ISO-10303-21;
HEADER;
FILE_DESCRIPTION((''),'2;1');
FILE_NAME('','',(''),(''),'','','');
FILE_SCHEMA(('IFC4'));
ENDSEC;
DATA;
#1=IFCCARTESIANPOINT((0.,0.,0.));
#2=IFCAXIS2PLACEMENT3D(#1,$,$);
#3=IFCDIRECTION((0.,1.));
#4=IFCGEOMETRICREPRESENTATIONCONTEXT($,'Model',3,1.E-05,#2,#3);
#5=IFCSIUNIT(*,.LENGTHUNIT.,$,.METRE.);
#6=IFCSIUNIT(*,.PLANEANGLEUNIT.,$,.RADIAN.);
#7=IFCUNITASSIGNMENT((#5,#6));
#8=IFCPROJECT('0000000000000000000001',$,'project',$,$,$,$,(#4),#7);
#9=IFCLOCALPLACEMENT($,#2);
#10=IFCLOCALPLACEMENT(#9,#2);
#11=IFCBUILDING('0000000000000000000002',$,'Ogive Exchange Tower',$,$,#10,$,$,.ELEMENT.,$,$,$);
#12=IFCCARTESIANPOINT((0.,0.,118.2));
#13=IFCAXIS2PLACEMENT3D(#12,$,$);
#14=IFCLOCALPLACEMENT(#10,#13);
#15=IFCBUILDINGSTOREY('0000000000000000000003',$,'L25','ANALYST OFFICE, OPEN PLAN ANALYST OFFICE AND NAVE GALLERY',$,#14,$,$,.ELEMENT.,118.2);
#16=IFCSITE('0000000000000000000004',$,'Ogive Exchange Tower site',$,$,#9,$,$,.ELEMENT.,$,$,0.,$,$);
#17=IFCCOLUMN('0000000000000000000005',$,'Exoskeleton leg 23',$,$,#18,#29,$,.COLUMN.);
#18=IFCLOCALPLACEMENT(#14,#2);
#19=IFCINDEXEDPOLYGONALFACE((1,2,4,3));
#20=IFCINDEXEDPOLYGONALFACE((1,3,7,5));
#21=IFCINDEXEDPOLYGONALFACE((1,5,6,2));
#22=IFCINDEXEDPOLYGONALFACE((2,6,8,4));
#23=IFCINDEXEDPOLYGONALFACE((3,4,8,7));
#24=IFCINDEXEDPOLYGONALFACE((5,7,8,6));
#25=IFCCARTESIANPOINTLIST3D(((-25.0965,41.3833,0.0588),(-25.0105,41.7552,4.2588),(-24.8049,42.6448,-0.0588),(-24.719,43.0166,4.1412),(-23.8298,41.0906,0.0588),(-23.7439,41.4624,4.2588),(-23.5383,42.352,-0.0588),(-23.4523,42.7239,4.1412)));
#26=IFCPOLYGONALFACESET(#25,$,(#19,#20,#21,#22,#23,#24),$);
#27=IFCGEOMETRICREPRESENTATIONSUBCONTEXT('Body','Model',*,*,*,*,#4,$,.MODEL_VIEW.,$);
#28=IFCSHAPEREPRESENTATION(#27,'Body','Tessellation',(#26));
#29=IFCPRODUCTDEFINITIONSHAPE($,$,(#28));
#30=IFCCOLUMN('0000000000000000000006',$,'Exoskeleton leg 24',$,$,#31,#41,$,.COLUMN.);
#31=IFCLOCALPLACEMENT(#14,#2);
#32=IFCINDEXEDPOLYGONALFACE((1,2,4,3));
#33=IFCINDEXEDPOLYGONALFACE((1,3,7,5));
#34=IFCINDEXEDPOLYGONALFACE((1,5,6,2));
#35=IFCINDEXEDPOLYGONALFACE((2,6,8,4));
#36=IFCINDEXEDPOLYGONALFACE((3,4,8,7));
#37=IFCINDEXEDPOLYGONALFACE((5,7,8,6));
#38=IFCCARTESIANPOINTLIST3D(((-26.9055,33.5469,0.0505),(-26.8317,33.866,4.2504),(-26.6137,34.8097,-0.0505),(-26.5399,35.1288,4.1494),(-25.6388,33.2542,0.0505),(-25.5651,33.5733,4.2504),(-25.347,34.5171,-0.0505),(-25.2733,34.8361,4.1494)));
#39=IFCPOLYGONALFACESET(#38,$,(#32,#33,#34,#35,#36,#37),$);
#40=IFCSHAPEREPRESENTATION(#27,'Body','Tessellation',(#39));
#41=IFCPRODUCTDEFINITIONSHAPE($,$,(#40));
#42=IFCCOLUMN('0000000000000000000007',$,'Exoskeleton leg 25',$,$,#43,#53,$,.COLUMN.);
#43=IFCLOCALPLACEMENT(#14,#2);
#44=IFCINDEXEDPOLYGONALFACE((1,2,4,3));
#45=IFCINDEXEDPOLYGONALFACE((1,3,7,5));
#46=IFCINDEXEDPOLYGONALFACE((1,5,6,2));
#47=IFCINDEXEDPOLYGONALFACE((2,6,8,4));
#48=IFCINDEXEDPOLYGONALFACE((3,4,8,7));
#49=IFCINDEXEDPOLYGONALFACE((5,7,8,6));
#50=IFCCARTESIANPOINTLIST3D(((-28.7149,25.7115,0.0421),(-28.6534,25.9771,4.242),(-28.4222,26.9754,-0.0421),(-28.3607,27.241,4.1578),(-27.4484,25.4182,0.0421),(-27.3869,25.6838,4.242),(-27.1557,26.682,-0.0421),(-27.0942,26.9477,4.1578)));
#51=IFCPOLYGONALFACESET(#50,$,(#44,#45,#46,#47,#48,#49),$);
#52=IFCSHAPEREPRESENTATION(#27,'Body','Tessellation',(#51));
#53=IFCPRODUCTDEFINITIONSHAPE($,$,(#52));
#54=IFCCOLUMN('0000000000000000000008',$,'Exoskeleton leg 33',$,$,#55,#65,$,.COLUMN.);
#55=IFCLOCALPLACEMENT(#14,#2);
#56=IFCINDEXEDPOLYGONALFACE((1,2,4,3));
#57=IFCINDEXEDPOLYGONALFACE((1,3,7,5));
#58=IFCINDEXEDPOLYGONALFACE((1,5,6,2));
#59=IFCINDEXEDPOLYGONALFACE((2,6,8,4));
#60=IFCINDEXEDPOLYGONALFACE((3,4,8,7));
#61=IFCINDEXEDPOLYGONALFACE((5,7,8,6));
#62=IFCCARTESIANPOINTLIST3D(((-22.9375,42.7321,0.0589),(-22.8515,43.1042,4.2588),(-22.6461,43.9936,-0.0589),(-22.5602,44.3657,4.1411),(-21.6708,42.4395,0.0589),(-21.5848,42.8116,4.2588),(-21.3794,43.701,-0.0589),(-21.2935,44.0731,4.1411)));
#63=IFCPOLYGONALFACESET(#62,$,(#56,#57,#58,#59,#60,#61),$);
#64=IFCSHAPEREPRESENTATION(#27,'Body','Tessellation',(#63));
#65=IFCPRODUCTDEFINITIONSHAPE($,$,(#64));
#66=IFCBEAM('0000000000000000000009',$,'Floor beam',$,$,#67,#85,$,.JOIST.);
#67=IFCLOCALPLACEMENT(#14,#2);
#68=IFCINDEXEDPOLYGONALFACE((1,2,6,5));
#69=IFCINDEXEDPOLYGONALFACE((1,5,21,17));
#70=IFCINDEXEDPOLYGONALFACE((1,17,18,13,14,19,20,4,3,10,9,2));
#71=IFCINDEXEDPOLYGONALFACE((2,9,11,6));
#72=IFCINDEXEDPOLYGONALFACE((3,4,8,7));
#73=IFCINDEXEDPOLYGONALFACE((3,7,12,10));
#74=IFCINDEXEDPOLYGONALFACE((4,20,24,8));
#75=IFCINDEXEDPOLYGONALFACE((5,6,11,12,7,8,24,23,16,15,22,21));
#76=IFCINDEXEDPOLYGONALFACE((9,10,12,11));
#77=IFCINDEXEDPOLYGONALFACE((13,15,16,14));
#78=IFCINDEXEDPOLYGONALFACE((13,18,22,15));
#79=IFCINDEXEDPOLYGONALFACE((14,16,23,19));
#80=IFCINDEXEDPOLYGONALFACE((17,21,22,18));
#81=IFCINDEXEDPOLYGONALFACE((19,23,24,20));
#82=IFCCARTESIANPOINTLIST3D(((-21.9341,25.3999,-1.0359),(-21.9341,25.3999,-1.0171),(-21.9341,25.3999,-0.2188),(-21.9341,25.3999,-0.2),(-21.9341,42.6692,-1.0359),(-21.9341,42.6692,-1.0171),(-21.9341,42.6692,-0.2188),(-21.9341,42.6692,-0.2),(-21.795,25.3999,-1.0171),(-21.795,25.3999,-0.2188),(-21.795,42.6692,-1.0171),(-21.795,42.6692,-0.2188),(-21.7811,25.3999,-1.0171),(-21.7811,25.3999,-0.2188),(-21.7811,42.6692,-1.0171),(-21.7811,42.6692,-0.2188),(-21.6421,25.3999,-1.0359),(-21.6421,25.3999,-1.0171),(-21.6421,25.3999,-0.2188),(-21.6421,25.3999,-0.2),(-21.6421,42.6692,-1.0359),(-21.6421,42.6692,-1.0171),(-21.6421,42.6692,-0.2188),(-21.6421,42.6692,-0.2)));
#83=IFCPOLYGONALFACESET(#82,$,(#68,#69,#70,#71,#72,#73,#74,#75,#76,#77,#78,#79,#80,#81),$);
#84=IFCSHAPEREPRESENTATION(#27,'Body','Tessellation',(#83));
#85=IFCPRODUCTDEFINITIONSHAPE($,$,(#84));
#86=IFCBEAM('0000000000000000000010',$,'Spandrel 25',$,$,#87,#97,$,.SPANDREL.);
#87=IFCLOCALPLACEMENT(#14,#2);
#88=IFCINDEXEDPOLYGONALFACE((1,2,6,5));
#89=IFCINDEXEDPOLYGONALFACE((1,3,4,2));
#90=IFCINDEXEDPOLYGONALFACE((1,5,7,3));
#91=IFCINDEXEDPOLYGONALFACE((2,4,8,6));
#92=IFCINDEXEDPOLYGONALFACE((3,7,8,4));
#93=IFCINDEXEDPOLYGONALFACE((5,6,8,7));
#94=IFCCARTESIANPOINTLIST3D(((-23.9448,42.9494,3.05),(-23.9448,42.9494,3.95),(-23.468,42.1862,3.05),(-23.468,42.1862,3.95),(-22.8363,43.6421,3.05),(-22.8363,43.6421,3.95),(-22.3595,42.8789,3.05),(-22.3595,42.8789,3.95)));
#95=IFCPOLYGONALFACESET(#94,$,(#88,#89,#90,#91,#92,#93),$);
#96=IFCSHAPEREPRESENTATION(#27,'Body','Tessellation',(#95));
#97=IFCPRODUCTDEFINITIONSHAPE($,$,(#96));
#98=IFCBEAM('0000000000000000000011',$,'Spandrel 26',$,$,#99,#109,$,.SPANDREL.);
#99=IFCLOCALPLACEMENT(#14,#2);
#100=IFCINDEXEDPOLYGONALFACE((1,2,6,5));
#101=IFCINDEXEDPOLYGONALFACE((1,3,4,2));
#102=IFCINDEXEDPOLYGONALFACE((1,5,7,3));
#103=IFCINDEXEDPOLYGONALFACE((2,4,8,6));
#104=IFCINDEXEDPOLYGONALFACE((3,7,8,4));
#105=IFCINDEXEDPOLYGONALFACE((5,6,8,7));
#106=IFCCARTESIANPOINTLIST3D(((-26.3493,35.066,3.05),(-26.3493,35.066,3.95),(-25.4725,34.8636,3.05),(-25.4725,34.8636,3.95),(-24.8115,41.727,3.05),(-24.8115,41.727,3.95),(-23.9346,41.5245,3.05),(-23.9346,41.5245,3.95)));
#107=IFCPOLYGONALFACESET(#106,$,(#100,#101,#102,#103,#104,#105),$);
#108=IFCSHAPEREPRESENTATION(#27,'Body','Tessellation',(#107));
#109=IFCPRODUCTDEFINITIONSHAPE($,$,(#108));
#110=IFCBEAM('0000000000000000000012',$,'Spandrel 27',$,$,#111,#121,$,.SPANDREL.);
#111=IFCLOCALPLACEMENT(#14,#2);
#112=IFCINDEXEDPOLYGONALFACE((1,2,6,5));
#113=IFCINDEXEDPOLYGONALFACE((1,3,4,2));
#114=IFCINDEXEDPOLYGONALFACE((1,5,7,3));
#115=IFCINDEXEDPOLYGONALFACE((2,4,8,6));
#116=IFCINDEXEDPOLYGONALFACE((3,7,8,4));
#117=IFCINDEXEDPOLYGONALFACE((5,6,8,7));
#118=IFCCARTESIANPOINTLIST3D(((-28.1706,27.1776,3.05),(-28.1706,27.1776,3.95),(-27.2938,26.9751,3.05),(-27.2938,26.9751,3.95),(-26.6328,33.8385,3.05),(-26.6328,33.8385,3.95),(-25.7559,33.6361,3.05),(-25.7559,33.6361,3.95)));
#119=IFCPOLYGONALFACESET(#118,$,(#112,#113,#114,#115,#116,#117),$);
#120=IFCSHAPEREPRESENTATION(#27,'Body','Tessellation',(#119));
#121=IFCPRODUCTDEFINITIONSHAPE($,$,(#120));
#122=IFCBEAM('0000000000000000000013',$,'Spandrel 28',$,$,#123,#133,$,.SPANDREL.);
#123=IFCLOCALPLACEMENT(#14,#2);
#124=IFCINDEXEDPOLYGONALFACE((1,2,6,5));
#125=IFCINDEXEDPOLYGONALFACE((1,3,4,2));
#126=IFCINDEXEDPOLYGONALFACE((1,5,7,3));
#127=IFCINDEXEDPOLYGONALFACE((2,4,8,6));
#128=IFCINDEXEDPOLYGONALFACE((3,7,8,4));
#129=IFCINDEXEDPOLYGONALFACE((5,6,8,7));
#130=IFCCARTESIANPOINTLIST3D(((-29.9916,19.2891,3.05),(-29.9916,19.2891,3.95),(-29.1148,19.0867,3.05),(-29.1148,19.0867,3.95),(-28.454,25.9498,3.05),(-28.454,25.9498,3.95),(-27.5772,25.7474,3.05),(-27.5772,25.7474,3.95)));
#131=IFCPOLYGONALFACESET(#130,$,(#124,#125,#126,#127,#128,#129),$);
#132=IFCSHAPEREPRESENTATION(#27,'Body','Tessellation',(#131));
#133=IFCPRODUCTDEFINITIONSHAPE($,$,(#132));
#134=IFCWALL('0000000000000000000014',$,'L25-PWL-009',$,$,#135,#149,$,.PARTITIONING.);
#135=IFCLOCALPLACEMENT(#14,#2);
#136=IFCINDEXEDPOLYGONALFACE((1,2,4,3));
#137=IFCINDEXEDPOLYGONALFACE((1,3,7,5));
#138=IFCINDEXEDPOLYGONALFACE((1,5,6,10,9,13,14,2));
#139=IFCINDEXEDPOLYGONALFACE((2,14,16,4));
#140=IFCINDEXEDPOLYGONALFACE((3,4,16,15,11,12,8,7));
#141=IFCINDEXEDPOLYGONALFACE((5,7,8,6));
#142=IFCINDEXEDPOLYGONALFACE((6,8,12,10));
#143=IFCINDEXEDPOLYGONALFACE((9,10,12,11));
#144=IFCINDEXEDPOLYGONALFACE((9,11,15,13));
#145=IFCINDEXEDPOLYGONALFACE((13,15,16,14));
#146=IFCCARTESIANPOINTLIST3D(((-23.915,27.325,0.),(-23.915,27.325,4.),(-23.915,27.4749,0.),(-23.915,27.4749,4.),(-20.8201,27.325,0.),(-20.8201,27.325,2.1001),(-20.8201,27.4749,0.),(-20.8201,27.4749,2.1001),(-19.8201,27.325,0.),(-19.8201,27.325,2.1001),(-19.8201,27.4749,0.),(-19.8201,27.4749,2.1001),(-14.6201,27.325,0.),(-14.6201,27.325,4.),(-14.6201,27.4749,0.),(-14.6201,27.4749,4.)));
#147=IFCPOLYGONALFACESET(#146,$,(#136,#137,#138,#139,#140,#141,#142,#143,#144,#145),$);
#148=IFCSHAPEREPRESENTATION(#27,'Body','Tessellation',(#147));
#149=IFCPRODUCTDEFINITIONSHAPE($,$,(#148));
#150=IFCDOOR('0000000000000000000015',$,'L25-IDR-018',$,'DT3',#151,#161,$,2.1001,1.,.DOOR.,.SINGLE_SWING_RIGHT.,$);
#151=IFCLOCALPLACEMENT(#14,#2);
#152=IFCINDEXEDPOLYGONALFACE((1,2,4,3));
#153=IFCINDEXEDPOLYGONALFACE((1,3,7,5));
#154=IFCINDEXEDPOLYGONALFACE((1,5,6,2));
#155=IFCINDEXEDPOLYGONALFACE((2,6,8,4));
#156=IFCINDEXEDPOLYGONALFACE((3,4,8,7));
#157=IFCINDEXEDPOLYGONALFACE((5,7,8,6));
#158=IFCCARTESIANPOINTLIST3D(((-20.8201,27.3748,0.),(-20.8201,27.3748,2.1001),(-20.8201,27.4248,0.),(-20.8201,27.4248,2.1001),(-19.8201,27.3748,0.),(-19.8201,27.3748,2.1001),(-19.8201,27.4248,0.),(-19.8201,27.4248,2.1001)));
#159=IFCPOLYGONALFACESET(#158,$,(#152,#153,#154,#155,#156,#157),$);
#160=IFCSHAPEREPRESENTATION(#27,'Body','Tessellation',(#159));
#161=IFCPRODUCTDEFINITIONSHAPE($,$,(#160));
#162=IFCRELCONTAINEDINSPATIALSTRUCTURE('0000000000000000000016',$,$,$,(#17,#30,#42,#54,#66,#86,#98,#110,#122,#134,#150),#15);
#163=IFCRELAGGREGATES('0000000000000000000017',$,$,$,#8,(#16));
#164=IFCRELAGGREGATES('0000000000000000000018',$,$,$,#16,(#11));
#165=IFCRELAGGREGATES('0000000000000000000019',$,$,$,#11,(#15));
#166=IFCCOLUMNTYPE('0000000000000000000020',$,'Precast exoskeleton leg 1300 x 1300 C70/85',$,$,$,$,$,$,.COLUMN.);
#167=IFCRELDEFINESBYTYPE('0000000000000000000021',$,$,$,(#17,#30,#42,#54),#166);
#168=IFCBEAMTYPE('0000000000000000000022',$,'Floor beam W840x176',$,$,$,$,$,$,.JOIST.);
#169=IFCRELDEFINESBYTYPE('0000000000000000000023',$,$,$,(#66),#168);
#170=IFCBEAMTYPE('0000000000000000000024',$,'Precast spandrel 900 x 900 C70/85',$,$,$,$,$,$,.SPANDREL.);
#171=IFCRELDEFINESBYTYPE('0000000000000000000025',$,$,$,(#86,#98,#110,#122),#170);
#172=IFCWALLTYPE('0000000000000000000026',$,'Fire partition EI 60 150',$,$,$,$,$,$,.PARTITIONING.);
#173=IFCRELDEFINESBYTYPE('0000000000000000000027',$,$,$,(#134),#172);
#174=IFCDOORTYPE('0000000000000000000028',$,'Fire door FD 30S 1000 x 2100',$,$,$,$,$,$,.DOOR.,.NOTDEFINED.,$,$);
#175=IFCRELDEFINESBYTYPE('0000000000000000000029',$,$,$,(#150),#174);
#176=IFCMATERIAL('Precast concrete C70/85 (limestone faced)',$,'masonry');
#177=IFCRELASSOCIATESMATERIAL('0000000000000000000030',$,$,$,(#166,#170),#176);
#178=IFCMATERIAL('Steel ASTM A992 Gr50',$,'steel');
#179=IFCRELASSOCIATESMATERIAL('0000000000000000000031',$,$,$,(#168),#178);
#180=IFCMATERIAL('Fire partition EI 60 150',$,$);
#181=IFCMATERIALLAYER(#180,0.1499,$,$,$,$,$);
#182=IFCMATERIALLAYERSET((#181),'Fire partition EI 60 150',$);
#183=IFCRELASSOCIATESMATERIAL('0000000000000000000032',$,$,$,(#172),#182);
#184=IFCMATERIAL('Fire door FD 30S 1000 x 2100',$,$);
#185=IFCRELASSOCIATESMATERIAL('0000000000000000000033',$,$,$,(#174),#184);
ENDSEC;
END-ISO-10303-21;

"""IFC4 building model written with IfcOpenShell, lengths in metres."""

from ifc_helpers import new_model, si_unit, direction, frame, frame_2d, origin, origin_2d, place, context, subcontext, project, spatial, rectangle, i_section, extrude, material, layer, layer_set, material_profile, profile_set, type_object, element, fill, save


model = new_model("IFC4")

# Units and contexts
model_context = context("Model", 3, precision=1e-05, world=origin(), true_north=direction((0.0, 1.0)))
body_context = subcontext(model_context, "Body", "Model", "MODEL_VIEW")
ifc_project = project(units=[si_unit("LENGTHUNIT", "METRE"), si_unit("PLANEANGLEUNIT", "RADIAN")], contexts=[model_context])

# Site, building, storey
site_placement = place(None, origin())
site = spatial("IfcSite", under=ifc_project, at=site_placement, Name="Ogive Exchange Tower site", CompositionType="ELEMENT", RefElevation=0.0)
building_placement = place(site_placement, origin())
building = spatial("IfcBuilding", under=site, at=building_placement, Name="Ogive Exchange Tower", CompositionType="ELEMENT")
storey_placement = place(building_placement, frame((0.0, 0.0, 118.2)))
storey = spatial("IfcBuildingStorey", under=building, at=storey_placement, Name="L25", Description="ANALYST OFFICE, OPEN PLAN ANALYST OFFICE AND NAVE GALLERY", CompositionType="ELEMENT", Elevation=118.2)

# Columns
ifc_material_1 = material(Name="Precast concrete C70/85 (limestone faced)", Category="masonry")
ifc_material_profile_1 = material_profile(ifc_material_1, rectangle(XDim=1.3, YDim=1.3, at=origin_2d()), Name="1300 x 1300")
ifc_profile_set_1 = profile_set([ifc_material_profile_1], Name="Precast concrete C70/85 (limestone faced)")
column_type = type_object("IfcColumnType", Name="Precast exoskeleton leg 1300 x 1300 C70/85", PredefinedType="COLUMN", material=ifc_profile_set_1)
column_1_placement = place(storey_placement, frame((-24.3174, 41.8677, 0.0), z_axis=(0.020378, 0.088168, 0.995897), x_axis=(-0.974316, 0.225187, 0.0)))
element("IfcColumn", 1, at=column_1_placement, inside=storey, type_object=column_type, Name="Exoskeleton leg 23", PredefinedType="COLUMN", context=body_context, shape_type="SweptSolid", body=[
    extrude(rectangle(XDim=1.3, YDim=1.3, at=origin_2d()), origin(), (0.0, 0.0, 1.0), 4.2173),
])
column_2_placement = place(storey_placement, frame((-26.1262, 34.032, 0.0), z_axis=(0.017502, 0.075745, 0.996974), x_axis=(-0.974328, 0.225132, 0.0)))
element("IfcColumn", 2, at=column_2_placement, inside=storey, type_object=column_type, Name="Exoskeleton leg 24", PredefinedType="COLUMN", context=body_context, shape_type="SweptSolid", body=[
    extrude(rectangle(XDim=1.3, YDim=1.3, at=origin_2d()), origin(), (0.0, 0.0, 1.0), 4.2126),
])
column_3_placement = place(storey_placement, frame((-27.9353, 26.1968, 0.0), z_axis=(0.014618, 0.063112, 0.997899), x_axis=(-0.97421, 0.225644, 0.0)))
element("IfcColumn", 3, at=column_3_placement, inside=storey, type_object=column_type, Name="Exoskeleton leg 25", PredefinedType="COLUMN", context=body_context, shape_type="SweptSolid", body=[
    extrude(rectangle(XDim=1.3, YDim=1.3, at=origin_2d()), origin(), (0.0, 0.0, 1.0), 4.2087),
])
column_4_placement = place(storey_placement, frame((-22.1584, 43.2166, 0.0), z_axis=(0.020377, 0.088225, 0.995892), x_axis=(-0.974348, 0.225046, 0.0)))
element("IfcColumn", 4, at=column_4_placement, inside=storey, type_object=column_type, Name="Exoskeleton leg 33", PredefinedType="COLUMN", context=body_context, shape_type="SweptSolid", body=[
    extrude(rectangle(XDim=1.3, YDim=1.3, at=origin_2d()), origin(), (0.0, 0.0, 1.0), 4.2173),
])

# Beams
ifc_material_2 = material(Name="Steel ASTM A992 Gr50", Category="steel")
ifc_material_profile_2 = material_profile(ifc_material_2, i_section(OverallWidth=0.292, OverallDepth=0.8359, WebThickness=0.0139, FlangeThickness=0.0188, at=origin_2d()), Name="W840x176")
ifc_profile_set_2 = profile_set([ifc_material_profile_2], Name="Steel ASTM A992 Gr50")
beam_type_1 = type_object("IfcBeamType", Name="Floor beam W840x176", PredefinedType="JOIST", material=ifc_profile_set_2)
beam_1_placement = place(storey_placement, frame((-21.7881, 25.3999, -0.6179), z_axis=(0.0, 1.0, 0.0), x_axis=(-1.0, 0.0, 0.0)))
element("IfcBeam", 5, at=beam_1_placement, inside=storey, type_object=beam_type_1, Name="Floor beam", PredefinedType="JOIST", context=body_context, shape_type="SweptSolid", body=[
    extrude(i_section(OverallWidth=0.292, OverallDepth=0.8359, WebThickness=0.0139, FlangeThickness=0.0188, at=origin_2d()), origin(), (0.0, 0.0, 1.0), 17.2693),
])
ifc_material_profile_3 = material_profile(ifc_material_1, rectangle(XDim=0.8999, YDim=0.8999, at=origin_2d()), Name="900 x 900")
ifc_profile_set_3 = profile_set([ifc_material_profile_3], Name="Precast concrete C70/85 (limestone faced)")
beam_type_2 = type_object("IfcBeamType", Name="Precast spandrel 900 x 900 C70/85", PredefinedType="SPANDREL", material=ifc_profile_set_3)
beam_2_placement = place(storey_placement, frame((-22.5979, 43.2605, 3.5), z_axis=(-0.84804, -0.529932, 0.0), x_axis=(0.529932, -0.84804, 0.0)))
element("IfcBeam", 6, at=beam_2_placement, inside=storey, type_object=beam_type_2, Name="Spandrel 25", PredefinedType="SPANDREL", context=body_context, shape_type="SweptSolid", body=[
    extrude(rectangle(XDim=0.8999, YDim=0.8999, at=origin_2d()), origin(), (0.0, 0.0, 1.0), 1.3071),
])
for number, where, z_axis, x_axis, name in (
    (7, (-24.373, 41.6257, 3.5), (-0.224959, -0.974368, 0.0), (0.974368, -0.224959, 0.0), "Spandrel 26"),
    (8, (-26.1943, 33.7373, 3.5), (-0.224959, -0.974368, 0.0), (0.974368, -0.224959, 0.0), "Spandrel 27"),
):
    element("IfcBeam", number, at=place(storey_placement, frame(where, z_axis=z_axis, x_axis=x_axis)), inside=storey, type_object=beam_type_2, Name=name, PredefinedType="SPANDREL", context=body_context, shape_type="SweptSolid", body=[
        extrude(rectangle(XDim=0.8999, YDim=0.8999, at=origin_2d()), origin(), (0.0, 0.0, 1.0), 6.8362),
    ])
beam_3_placement = place(storey_placement, frame((-28.0156, 25.8486, 3.5), z_axis=(-0.224925, -0.974376, 0.0), x_axis=(0.974376, -0.224925, 0.0)))
element("IfcBeam", 9, at=beam_3_placement, inside=storey, type_object=beam_type_2, Name="Spandrel 28", PredefinedType="SPANDREL", context=body_context, shape_type="SweptSolid", body=[
    extrude(rectangle(XDim=0.8999, YDim=0.8999, at=origin_2d()), origin(), (0.0, 0.0, 1.0), 6.8359),
])

# Wall, opening, door
ifc_material_3 = material(Name="Fire partition EI 60 150")
ifc_layer_1 = layer(ifc_material_3, 0.1499)
ifc_layer_set_1 = layer_set([ifc_layer_1], Name="Fire partition EI 60 150")
wall_type_1 = type_object("IfcWallType", Name="Fire partition EI 60 150", PredefinedType="PARTITIONING", material=ifc_layer_set_1)
wall_1_placement = place(storey_placement, frame((-23.915, 27.3999, 0.0), z_axis=(0.0, 0.0, 1.0), x_axis=(1.0, 0.0, 0.0)))
wall_1 = element("IfcWall", 10, at=wall_1_placement, inside=storey, type_object=wall_type_1, Name="L25-PWL-009", PredefinedType="PARTITIONING", context=body_context, shape_type="SweptSolid", body=[
    extrude(rectangle(XDim=9.2949, YDim=0.1499, at=frame_2d((4.6475, 0.0))), origin(), (0.0, 0.0, 1.0), 4.0),
])
opening_1_placement = place(wall_1_placement, frame((3.095, 0.0, 0.0)))
opening_1 = element("IfcOpeningElement", 11, at=opening_1_placement, cuts=wall_1, PredefinedType="OPENING", context=body_context, shape_type="SweptSolid", body=[
    extrude(rectangle(XDim=1.0, YDim=2.1001, at=frame_2d((0.5, 1.05))), frame((0.0, 0.085, 0.0), z_axis=(0.0, -1.0, 0.0), x_axis=(1.0, 0.0, 0.0)), (0.0, 0.0, 1.0), 0.1699),
])
ifc_material_4 = material(Name="Fire door FD 30S 1000 x 2100")
door_type_1 = type_object("IfcDoorType", Name="Fire door FD 30S 1000 x 2100", OperationType="NOTDEFINED", PredefinedType="DOOR", material=ifc_material_4)
door_1_placement = place(opening_1_placement, origin())
door_1 = element("IfcDoor", 12, at=door_1_placement, inside=storey, type_object=door_type_1, Name="L25-IDR-018", ObjectType="DT3", OperationType="SINGLE_SWING_RIGHT", OverallHeight=2.1001, OverallWidth=1.0, PredefinedType="DOOR", context=body_context, shape_type="SweptSolid", body=[
    extrude(rectangle(XDim=1.0, YDim=2.1001, at=frame_2d((0.5, 1.05))), frame((0.0, 0.0249, 0.0), z_axis=(0.0, -1.0, 0.0), x_axis=(1.0, 0.0, 0.0)), (0.0, 0.0, 1.0), 0.05),
])
fill(opening_1, door_1)

save(model, "model.ifc")
